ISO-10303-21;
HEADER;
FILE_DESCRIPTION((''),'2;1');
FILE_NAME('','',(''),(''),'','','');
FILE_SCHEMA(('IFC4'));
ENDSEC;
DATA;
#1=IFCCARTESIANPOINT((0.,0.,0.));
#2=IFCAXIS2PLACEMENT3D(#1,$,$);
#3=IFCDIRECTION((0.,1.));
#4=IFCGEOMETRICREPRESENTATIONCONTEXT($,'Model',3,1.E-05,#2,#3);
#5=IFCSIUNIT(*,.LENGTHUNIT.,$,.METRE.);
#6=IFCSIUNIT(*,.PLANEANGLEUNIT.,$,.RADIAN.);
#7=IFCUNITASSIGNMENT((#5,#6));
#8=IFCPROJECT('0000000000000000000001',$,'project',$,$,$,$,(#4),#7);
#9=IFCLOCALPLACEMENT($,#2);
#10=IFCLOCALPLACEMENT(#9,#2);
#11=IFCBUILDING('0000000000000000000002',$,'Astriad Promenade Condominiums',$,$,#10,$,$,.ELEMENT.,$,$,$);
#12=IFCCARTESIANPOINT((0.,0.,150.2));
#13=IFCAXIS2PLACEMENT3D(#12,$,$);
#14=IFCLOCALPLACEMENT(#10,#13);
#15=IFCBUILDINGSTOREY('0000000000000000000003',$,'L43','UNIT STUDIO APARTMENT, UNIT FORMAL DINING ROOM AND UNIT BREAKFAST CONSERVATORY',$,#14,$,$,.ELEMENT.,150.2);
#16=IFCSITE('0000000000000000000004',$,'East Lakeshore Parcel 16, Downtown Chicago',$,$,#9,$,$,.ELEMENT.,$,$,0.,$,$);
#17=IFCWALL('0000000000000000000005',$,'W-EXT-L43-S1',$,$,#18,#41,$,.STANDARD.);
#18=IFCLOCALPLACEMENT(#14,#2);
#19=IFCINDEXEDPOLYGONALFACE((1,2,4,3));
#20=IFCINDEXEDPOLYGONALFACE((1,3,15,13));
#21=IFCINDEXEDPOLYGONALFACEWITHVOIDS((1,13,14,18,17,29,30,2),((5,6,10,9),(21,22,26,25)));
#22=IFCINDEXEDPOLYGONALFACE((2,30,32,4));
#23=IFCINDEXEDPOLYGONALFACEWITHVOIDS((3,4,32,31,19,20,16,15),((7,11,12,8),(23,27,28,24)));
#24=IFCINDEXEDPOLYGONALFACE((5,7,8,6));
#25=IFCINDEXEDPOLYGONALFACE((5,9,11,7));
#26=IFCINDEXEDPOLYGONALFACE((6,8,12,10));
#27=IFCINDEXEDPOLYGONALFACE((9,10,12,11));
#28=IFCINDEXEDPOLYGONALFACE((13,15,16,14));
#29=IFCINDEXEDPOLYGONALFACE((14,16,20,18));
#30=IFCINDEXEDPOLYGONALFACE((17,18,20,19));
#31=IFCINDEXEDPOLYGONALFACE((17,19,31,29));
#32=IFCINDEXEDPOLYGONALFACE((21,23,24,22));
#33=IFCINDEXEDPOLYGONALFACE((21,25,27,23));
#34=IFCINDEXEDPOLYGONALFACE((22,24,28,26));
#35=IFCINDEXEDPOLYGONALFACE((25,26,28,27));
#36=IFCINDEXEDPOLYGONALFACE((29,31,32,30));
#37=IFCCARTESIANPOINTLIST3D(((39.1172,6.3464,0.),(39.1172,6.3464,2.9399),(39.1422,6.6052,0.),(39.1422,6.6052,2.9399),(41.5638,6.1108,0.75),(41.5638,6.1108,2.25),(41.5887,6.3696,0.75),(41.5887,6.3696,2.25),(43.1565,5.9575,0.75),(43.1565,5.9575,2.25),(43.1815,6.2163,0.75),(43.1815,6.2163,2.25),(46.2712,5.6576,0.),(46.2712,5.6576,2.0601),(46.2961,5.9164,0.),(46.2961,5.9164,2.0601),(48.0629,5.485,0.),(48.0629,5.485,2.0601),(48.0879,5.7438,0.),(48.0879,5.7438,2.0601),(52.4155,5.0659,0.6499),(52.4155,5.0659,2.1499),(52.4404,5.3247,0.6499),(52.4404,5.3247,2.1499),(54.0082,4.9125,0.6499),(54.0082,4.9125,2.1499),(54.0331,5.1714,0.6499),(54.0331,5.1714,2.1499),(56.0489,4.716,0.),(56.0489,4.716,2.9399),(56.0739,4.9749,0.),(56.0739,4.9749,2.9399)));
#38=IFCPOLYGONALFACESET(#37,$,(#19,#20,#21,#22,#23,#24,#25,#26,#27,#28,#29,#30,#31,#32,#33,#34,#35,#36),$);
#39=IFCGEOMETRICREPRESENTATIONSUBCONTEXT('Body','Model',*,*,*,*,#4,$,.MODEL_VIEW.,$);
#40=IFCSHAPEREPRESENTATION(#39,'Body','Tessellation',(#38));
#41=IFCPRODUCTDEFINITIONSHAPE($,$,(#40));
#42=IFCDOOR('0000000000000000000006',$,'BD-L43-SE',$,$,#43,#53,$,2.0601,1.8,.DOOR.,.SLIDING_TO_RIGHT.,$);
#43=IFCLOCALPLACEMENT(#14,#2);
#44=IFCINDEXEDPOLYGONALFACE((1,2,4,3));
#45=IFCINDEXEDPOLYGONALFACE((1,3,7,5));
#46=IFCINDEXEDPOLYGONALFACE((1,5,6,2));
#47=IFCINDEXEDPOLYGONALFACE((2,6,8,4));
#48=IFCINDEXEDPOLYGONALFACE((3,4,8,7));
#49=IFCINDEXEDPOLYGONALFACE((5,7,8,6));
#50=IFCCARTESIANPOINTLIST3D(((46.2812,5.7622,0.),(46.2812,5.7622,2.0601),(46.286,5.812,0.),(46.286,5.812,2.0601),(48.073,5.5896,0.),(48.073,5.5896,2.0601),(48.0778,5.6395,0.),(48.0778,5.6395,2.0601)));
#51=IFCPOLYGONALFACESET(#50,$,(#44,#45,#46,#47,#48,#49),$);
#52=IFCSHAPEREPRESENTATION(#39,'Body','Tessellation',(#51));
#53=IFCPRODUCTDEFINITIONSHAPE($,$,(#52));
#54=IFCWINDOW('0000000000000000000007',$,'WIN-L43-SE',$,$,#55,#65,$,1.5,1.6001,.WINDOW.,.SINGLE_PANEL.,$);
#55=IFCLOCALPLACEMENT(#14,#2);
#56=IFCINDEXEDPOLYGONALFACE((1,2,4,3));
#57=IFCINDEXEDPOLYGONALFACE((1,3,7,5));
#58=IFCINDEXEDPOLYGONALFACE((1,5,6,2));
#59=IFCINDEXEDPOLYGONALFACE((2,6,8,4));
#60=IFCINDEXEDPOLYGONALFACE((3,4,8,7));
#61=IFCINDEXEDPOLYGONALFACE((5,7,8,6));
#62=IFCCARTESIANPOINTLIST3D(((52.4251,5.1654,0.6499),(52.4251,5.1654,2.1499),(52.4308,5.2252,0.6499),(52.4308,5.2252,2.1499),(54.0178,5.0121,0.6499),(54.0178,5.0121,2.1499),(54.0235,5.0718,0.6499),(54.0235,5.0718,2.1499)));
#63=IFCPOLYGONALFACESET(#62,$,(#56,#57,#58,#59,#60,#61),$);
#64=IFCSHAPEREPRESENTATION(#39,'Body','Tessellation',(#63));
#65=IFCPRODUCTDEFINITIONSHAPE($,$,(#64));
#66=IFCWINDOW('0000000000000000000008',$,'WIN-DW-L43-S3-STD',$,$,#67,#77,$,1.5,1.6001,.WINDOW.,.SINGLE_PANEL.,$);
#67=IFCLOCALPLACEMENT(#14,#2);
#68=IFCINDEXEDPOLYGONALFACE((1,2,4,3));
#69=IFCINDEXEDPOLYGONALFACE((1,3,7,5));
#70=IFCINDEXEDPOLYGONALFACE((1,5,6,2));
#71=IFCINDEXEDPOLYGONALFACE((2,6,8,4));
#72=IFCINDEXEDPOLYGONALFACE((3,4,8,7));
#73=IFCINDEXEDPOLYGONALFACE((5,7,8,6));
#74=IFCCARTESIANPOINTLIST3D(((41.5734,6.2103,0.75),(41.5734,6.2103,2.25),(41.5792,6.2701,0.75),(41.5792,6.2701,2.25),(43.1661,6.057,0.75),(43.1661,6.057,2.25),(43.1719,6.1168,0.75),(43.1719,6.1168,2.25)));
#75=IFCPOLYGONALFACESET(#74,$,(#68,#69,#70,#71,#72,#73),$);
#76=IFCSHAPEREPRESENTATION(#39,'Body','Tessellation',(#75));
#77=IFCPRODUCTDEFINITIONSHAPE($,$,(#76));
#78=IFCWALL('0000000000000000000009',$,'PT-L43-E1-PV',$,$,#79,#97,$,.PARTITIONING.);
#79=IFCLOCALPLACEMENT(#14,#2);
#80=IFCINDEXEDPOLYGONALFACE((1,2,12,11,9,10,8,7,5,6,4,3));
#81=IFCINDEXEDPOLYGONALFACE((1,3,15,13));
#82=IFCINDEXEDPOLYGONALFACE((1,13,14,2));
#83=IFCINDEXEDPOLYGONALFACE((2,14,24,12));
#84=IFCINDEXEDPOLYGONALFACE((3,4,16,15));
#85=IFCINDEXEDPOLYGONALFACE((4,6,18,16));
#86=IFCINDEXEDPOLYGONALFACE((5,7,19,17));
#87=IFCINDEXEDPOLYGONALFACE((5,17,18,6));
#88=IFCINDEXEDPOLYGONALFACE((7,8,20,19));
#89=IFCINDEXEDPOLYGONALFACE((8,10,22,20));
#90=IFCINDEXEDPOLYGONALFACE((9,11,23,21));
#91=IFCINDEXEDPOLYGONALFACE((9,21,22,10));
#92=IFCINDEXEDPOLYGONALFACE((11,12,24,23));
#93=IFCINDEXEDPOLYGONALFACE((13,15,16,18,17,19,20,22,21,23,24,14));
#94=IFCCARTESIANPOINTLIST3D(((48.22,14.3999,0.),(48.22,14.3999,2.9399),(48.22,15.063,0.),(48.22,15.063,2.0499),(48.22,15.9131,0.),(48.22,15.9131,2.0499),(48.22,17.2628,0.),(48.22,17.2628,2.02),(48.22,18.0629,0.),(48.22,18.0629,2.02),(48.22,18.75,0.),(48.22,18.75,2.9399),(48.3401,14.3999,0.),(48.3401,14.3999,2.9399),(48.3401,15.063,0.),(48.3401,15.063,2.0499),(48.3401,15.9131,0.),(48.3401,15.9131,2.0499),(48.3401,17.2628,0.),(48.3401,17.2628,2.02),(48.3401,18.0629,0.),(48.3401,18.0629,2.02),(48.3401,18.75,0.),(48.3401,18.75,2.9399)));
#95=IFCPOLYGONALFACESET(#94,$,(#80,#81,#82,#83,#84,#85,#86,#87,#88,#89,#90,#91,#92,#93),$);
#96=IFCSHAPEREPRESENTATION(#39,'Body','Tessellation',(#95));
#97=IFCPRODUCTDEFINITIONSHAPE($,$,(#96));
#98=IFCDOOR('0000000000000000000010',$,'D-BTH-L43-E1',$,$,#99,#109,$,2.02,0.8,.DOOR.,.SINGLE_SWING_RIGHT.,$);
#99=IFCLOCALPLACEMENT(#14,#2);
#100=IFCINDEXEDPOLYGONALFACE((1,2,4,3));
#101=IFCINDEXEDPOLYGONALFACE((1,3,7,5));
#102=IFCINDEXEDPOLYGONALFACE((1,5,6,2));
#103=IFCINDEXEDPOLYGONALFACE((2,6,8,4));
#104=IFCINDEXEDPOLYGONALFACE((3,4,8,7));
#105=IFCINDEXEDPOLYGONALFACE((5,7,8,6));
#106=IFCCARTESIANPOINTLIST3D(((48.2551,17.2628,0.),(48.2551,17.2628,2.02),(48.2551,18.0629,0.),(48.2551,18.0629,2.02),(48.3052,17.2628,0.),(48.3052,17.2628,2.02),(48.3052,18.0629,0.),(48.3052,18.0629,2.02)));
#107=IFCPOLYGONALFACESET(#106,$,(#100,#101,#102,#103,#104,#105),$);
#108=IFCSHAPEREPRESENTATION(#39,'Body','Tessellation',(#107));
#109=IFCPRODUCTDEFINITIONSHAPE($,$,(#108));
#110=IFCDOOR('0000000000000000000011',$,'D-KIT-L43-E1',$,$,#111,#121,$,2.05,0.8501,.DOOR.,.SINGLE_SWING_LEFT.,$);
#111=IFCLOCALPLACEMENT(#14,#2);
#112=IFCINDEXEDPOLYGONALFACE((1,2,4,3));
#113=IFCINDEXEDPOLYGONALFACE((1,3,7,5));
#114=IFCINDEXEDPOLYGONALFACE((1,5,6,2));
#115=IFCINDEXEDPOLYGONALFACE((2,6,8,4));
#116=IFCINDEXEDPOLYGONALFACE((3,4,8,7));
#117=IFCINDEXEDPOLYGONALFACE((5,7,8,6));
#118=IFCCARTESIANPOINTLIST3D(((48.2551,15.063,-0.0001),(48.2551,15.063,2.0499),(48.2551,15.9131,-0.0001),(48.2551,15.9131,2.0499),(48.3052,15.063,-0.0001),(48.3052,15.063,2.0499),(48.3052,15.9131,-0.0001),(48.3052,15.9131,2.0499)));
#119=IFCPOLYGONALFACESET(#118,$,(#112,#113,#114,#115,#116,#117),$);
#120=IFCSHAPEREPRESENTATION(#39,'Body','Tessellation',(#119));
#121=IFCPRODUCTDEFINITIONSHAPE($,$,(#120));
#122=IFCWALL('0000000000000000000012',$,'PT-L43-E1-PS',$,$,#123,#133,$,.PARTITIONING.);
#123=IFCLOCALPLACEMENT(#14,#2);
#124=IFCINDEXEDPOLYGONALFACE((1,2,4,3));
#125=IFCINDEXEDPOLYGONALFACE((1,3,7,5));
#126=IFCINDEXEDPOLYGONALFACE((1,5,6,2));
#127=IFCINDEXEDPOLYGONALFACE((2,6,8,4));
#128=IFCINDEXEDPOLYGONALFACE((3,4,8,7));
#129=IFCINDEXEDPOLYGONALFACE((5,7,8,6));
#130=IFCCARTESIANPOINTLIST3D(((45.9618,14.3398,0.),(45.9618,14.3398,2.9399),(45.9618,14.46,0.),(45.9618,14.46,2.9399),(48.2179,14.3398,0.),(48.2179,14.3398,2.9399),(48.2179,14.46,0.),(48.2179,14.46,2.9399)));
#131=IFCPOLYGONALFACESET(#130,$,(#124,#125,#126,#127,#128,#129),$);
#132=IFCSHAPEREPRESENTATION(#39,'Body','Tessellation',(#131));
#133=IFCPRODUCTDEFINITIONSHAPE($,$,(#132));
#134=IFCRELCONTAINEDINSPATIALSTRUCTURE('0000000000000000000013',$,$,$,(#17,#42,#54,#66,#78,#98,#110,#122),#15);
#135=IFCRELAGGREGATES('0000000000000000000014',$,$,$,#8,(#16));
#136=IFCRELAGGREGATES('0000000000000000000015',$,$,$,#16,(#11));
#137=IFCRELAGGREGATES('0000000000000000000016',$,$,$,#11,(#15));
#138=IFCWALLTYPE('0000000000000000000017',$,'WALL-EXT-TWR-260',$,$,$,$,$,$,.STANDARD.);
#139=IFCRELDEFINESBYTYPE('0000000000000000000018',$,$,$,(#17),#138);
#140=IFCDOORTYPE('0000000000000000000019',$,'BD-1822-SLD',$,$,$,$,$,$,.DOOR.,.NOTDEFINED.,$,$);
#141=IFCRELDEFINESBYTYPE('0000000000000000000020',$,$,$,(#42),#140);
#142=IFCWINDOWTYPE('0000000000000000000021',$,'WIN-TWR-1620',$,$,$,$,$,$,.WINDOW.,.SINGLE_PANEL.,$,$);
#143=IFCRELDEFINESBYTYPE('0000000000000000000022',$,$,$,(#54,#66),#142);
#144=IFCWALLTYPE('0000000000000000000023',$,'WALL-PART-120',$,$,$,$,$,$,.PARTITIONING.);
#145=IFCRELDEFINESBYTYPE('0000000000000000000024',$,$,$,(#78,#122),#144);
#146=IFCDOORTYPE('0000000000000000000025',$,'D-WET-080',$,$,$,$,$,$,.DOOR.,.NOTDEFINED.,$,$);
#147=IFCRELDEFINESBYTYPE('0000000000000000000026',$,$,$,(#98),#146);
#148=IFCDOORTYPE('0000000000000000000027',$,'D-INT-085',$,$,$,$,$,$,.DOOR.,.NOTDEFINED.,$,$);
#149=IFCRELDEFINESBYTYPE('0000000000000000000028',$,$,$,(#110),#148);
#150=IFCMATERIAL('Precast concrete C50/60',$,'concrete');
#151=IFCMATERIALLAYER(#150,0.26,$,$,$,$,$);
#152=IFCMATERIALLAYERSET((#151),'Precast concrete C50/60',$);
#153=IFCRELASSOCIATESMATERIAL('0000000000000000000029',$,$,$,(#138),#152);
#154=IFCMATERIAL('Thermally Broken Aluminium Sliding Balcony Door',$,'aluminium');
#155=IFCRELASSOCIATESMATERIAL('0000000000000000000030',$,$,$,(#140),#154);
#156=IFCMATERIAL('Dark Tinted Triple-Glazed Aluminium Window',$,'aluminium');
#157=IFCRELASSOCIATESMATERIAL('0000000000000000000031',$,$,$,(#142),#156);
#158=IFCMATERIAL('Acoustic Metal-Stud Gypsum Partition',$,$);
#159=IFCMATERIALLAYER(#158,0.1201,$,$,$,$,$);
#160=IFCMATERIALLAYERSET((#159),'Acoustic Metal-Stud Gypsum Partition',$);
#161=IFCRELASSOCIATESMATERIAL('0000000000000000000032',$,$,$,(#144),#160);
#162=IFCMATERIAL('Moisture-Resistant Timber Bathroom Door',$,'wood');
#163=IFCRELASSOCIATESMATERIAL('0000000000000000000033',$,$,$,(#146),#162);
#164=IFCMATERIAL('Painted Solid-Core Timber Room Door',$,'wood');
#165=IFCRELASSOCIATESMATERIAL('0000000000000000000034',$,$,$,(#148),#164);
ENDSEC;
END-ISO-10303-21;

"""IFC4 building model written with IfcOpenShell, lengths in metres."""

from ifc_helpers import new_model, si_unit, direction, frame, frame_2d, origin, place, context, subcontext, project, spatial, rectangle, extrude, source, transform, mapped, material, layer, layer_set, type_object, type_shapes, element, fill, save


model = new_model("IFC4")

# Units and contexts
model_context = context("Model", 3, precision=1e-05, world=origin(), true_north=direction((0.0, 1.0)))
body_context = subcontext(model_context, "Body", "Model", "MODEL_VIEW")
ifc_project = project(units=[si_unit("LENGTHUNIT", "METRE"), si_unit("PLANEANGLEUNIT", "RADIAN")], contexts=[model_context])

# Site, building, storey
site_placement = place(None, origin())
site = spatial("IfcSite", under=ifc_project, at=site_placement, Name="East Lakeshore Parcel 16, Downtown Chicago", CompositionType="ELEMENT", RefElevation=0.0)
building_placement = place(site_placement, origin())
building = spatial("IfcBuilding", under=site, at=building_placement, Name="Astriad Promenade Condominiums", CompositionType="ELEMENT")
storey_placement = place(building_placement, frame((0.0, 0.0, 150.2)))
storey = spatial("IfcBuildingStorey", under=building, at=storey_placement, Name="L43", Description="UNIT STUDIO APARTMENT, UNIT FORMAL DINING ROOM AND UNIT BREAKFAST CONSERVATORY", CompositionType="ELEMENT", Elevation=150.2)

# Shared definitions
ifc_material_1 = material(Name="Precast concrete C50/60", Category="concrete")
ifc_layer_1 = layer(ifc_material_1, 0.26)
ifc_layer_set_1 = layer_set([ifc_layer_1], Name="Precast concrete C50/60")
wall_type_1 = type_object("IfcWallType", Name="WALL-EXT-TWR-260", PredefinedType="STANDARD", material=ifc_layer_set_1)

# Wall, openings, door, windows
wall_1_placement = place(storey_placement, frame((56.0613, 4.8455, 0.0), z_axis=(0.0, 0.0, 1.0), x_axis=(-0.995396, 0.095848, 0.0)))
wall_1 = element("IfcWall", 1, at=wall_1_placement, inside=storey, type_object=wall_type_1, Name="W-EXT-L43-S1", PredefinedType="STANDARD", context=body_context, shape_type="SweptSolid", body=[
    extrude(rectangle(XDim=17.01, YDim=0.26, at=frame_2d((8.5049, 0.0))), origin(), (0.0, 0.0, 1.0), 2.9399),
])
opening_1_placement = place(wall_1_placement, frame((8.0229, 0.0, 0.0)))
opening_1 = element("IfcOpeningElement", 2, at=opening_1_placement, cuts=wall_1, PredefinedType="OPENING", context=body_context, shape_type="SweptSolid", body=[
    extrude(rectangle(XDim=1.8, YDim=2.0601, at=frame_2d((0.8999, 1.03))), frame((0.0, 0.1399, 0.0), z_axis=(0.0, -1.0, 0.0), x_axis=(1.0, 0.0, 0.0)), (0.0, 0.0, 1.0), 0.28),
])
opening_2_placement = place(wall_1_placement, frame((2.05, 0.0, 0.6499)))
opening_2 = element("IfcOpeningElement", 3, at=opening_2_placement, cuts=wall_1, PredefinedType="OPENING", context=body_context, shape_type="SweptSolid", body=[
    extrude(rectangle(XDim=1.6001, YDim=1.5, at=frame_2d((0.8, 0.75))), frame((0.0, 0.1399, 0.0), z_axis=(0.0, -1.0, 0.0), x_axis=(1.0, 0.0, 0.0)), (0.0, 0.0, 1.0), 0.28),
])
opening_3_placement = place(wall_1_placement, frame((12.9519, 0.0, 0.75)))
opening_3 = element("IfcOpeningElement", 4, at=opening_3_placement, cuts=wall_1, PredefinedType="OPENING", context=body_context, shape_type="SweptSolid", body=[
    extrude(rectangle(XDim=1.6001, YDim=1.5, at=frame_2d((0.8, 0.75))), frame((0.0, 0.1399, 0.0), z_axis=(0.0, -1.0, 0.0), x_axis=(1.0, 0.0, 0.0)), (0.0, 0.0, 1.0), 0.28),
])
ifc_material_2 = material(Name="Thermally Broken Aluminium Sliding Balcony Door", Category="aluminium")
door_type_1 = type_object("IfcDoorType", Name="BD-1822-SLD", OperationType="NOTDEFINED", PredefinedType="DOOR", material=ifc_material_2)
shared_shape_1 = source(origin(), body_context, "Body", "SweptSolid", [
    extrude(rectangle(XDim=1.8, YDim=2.0601, at=frame_2d((0.8999, 1.03))), frame((0.0, 0.0249, 0.0), z_axis=(0.0, -1.0, 0.0), x_axis=(1.0, 0.0, 0.0)), (0.0, 0.0, 1.0), 0.05),
])
type_shapes(door_type_1, [shared_shape_1])
door_1_placement = place(opening_1_placement, origin())
door_1 = element("IfcDoor", 5, at=door_1_placement, inside=storey, type_object=door_type_1, Name="BD-L43-SE", OperationType="SLIDING_TO_RIGHT", OverallHeight=2.0601, OverallWidth=1.8, PredefinedType="DOOR", context=body_context, shape_type="MappedRepresentation", body=[
    mapped(shared_shape_1, transform((0.0, 0.0, 0.0), scale=1.0)),
])
fill(opening_1, door_1)
ifc_material_3 = material(Name="Dark Tinted Triple-Glazed Aluminium Window", Category="aluminium")
window_type = type_object("IfcWindowType", Name="WIN-TWR-1620", PartitioningType="SINGLE_PANEL", PredefinedType="WINDOW", material=ifc_material_3)
shared_shape_2 = source(origin(), body_context, "Body", "SweptSolid", [
    extrude(rectangle(XDim=1.6001, YDim=1.5, at=frame_2d((0.8, 0.75))), frame((0.0, 0.03, 0.0), z_axis=(0.0, -1.0, 0.0), x_axis=(1.0, 0.0, 0.0)), (0.0, 0.0, 1.0), 0.0601),
])
type_shapes(window_type, [shared_shape_2])
window_1_placement = place(opening_2_placement, origin())
window_1 = element("IfcWindow", 6, at=window_1_placement, inside=storey, type_object=window_type, Name="WIN-L43-SE", OverallHeight=1.5, OverallWidth=1.6001, PartitioningType="SINGLE_PANEL", PredefinedType="WINDOW", context=body_context, shape_type="MappedRepresentation", body=[
    mapped(shared_shape_2, transform((0.0, 0.0, 0.0), scale=1.0)),
])
fill(opening_2, window_1)
window_2_placement = place(opening_3_placement, origin())
window_2 = element("IfcWindow", 7, at=window_2_placement, inside=storey, type_object=window_type, Name="WIN-DW-L43-S3-STD", OverallHeight=1.5, OverallWidth=1.6001, PartitioningType="SINGLE_PANEL", PredefinedType="WINDOW", context=body_context, shape_type="MappedRepresentation", body=[
    mapped(shared_shape_2, transform((0.0, 0.0, 0.0), scale=1.0)),
])
fill(opening_3, window_2)

# Wall, openings, doors
ifc_material_4 = material(Name="Acoustic Metal-Stud Gypsum Partition")
ifc_layer_2 = layer(ifc_material_4, 0.1201)
ifc_layer_set_2 = layer_set([ifc_layer_2], Name="Acoustic Metal-Stud Gypsum Partition")
wall_type_2 = type_object("IfcWallType", Name="WALL-PART-120", PredefinedType="PARTITIONING", material=ifc_layer_set_2)
wall_2_placement = place(storey_placement, frame((48.28, 14.3999, 0.0), z_axis=(0.0, 0.0, 1.0), x_axis=(0.0, 1.0, 0.0)))
wall_2 = element("IfcWall", 8, at=wall_2_placement, inside=storey, type_object=wall_type_2, Name="PT-L43-E1-PV", PredefinedType="PARTITIONING", context=body_context, shape_type="SweptSolid", body=[
    extrude(rectangle(XDim=4.3501, YDim=0.1201, at=frame_2d((2.175, 0.0))), origin(), (0.0, 0.0, 1.0), 2.9399),
])
opening_4_placement = place(wall_2_placement, frame((0.6631, 0.0, 0.0)))
opening_4 = element("IfcOpeningElement", 9, at=opening_4_placement, cuts=wall_2, PredefinedType="OPENING", context=body_context, shape_type="SweptSolid", body=[
    extrude(rectangle(XDim=0.8501, YDim=2.05, at=frame_2d((0.425, 1.0249))), frame((0.0, 0.0701, 0.0), z_axis=(0.0, -1.0, 0.0), x_axis=(1.0, 0.0, 0.0)), (0.0, 0.0, 1.0), 0.1401),
])
opening_5_placement = place(wall_2_placement, frame((2.863, 0.0, 0.0)))
opening_5 = element("IfcOpeningElement", 10, at=opening_5_placement, cuts=wall_2, PredefinedType="OPENING", context=body_context, shape_type="SweptSolid", body=[
    extrude(rectangle(XDim=0.8, YDim=2.02, at=frame_2d((0.3999, 1.01))), frame((0.0, 0.0701, 0.0), z_axis=(0.0, -1.0, 0.0), x_axis=(1.0, 0.0, 0.0)), (0.0, 0.0, 1.0), 0.1401),
])
ifc_material_5 = material(Name="Moisture-Resistant Timber Bathroom Door", Category="wood")
door_type_2 = type_object("IfcDoorType", Name="D-WET-080", OperationType="NOTDEFINED", PredefinedType="DOOR", material=ifc_material_5)
shared_shape_3 = source(origin(), body_context, "Body", "SweptSolid", [
    extrude(rectangle(XDim=0.8, YDim=2.02, at=frame_2d((0.3999, 1.01))), frame((0.0, 0.0249, 0.0), z_axis=(0.0, -1.0, 0.0), x_axis=(1.0, 0.0, 0.0)), (0.0, 0.0, 1.0), 0.05),
])
type_shapes(door_type_2, [shared_shape_3])
door_2_placement = place(opening_5_placement, origin())
door_2 = element("IfcDoor", 11, at=door_2_placement, inside=storey, type_object=door_type_2, Name="D-BTH-L43-E1", OperationType="SINGLE_SWING_RIGHT", OverallHeight=2.02, OverallWidth=0.8, PredefinedType="DOOR", context=body_context, shape_type="MappedRepresentation", body=[
    mapped(shared_shape_3, transform((0.0, 0.0, 0.0), scale=1.0)),
])
fill(opening_5, door_2)
ifc_material_6 = material(Name="Painted Solid-Core Timber Room Door", Category="wood")
door_type_3 = type_object("IfcDoorType", Name="D-INT-085", OperationType="NOTDEFINED", PredefinedType="DOOR", material=ifc_material_6)
shared_shape_4 = source(origin(), body_context, "Body", "SweptSolid", [
    extrude(rectangle(XDim=0.8501, YDim=2.05, at=frame_2d((0.425, 1.0249))), frame((0.0, 0.0249, 0.0), z_axis=(0.0, -1.0, 0.0), x_axis=(1.0, 0.0, 0.0)), (0.0, 0.0, 1.0), 0.05),
])
type_shapes(door_type_3, [shared_shape_4])
door_3_placement = place(opening_4_placement, origin())
door_3 = element("IfcDoor", 12, at=door_3_placement, inside=storey, type_object=door_type_3, Name="D-KIT-L43-E1", OperationType="SINGLE_SWING_LEFT", OverallHeight=2.05, OverallWidth=0.8501, PredefinedType="DOOR", context=body_context, shape_type="MappedRepresentation", body=[
    mapped(shared_shape_4, transform((0.0, 0.0, 0.0), scale=1.0)),
])
fill(opening_4, door_3)

# Wall
wall_3_placement = place(storey_placement, frame((45.9619, 14.3999, 0.0), z_axis=(0.0, 0.0, 1.0), x_axis=(1.0, 0.0, 0.0)))
element("IfcWall", 13, at=wall_3_placement, inside=storey, type_object=wall_type_2, Name="PT-L43-E1-PS", PredefinedType="PARTITIONING", context=body_context, shape_type="SweptSolid", body=[
    extrude(rectangle(XDim=2.2561, YDim=0.1201, at=frame_2d((1.1279, 0.0))), origin(), (0.0, 0.0, 1.0), 2.9399),
])

save(model, "model.ifc")
